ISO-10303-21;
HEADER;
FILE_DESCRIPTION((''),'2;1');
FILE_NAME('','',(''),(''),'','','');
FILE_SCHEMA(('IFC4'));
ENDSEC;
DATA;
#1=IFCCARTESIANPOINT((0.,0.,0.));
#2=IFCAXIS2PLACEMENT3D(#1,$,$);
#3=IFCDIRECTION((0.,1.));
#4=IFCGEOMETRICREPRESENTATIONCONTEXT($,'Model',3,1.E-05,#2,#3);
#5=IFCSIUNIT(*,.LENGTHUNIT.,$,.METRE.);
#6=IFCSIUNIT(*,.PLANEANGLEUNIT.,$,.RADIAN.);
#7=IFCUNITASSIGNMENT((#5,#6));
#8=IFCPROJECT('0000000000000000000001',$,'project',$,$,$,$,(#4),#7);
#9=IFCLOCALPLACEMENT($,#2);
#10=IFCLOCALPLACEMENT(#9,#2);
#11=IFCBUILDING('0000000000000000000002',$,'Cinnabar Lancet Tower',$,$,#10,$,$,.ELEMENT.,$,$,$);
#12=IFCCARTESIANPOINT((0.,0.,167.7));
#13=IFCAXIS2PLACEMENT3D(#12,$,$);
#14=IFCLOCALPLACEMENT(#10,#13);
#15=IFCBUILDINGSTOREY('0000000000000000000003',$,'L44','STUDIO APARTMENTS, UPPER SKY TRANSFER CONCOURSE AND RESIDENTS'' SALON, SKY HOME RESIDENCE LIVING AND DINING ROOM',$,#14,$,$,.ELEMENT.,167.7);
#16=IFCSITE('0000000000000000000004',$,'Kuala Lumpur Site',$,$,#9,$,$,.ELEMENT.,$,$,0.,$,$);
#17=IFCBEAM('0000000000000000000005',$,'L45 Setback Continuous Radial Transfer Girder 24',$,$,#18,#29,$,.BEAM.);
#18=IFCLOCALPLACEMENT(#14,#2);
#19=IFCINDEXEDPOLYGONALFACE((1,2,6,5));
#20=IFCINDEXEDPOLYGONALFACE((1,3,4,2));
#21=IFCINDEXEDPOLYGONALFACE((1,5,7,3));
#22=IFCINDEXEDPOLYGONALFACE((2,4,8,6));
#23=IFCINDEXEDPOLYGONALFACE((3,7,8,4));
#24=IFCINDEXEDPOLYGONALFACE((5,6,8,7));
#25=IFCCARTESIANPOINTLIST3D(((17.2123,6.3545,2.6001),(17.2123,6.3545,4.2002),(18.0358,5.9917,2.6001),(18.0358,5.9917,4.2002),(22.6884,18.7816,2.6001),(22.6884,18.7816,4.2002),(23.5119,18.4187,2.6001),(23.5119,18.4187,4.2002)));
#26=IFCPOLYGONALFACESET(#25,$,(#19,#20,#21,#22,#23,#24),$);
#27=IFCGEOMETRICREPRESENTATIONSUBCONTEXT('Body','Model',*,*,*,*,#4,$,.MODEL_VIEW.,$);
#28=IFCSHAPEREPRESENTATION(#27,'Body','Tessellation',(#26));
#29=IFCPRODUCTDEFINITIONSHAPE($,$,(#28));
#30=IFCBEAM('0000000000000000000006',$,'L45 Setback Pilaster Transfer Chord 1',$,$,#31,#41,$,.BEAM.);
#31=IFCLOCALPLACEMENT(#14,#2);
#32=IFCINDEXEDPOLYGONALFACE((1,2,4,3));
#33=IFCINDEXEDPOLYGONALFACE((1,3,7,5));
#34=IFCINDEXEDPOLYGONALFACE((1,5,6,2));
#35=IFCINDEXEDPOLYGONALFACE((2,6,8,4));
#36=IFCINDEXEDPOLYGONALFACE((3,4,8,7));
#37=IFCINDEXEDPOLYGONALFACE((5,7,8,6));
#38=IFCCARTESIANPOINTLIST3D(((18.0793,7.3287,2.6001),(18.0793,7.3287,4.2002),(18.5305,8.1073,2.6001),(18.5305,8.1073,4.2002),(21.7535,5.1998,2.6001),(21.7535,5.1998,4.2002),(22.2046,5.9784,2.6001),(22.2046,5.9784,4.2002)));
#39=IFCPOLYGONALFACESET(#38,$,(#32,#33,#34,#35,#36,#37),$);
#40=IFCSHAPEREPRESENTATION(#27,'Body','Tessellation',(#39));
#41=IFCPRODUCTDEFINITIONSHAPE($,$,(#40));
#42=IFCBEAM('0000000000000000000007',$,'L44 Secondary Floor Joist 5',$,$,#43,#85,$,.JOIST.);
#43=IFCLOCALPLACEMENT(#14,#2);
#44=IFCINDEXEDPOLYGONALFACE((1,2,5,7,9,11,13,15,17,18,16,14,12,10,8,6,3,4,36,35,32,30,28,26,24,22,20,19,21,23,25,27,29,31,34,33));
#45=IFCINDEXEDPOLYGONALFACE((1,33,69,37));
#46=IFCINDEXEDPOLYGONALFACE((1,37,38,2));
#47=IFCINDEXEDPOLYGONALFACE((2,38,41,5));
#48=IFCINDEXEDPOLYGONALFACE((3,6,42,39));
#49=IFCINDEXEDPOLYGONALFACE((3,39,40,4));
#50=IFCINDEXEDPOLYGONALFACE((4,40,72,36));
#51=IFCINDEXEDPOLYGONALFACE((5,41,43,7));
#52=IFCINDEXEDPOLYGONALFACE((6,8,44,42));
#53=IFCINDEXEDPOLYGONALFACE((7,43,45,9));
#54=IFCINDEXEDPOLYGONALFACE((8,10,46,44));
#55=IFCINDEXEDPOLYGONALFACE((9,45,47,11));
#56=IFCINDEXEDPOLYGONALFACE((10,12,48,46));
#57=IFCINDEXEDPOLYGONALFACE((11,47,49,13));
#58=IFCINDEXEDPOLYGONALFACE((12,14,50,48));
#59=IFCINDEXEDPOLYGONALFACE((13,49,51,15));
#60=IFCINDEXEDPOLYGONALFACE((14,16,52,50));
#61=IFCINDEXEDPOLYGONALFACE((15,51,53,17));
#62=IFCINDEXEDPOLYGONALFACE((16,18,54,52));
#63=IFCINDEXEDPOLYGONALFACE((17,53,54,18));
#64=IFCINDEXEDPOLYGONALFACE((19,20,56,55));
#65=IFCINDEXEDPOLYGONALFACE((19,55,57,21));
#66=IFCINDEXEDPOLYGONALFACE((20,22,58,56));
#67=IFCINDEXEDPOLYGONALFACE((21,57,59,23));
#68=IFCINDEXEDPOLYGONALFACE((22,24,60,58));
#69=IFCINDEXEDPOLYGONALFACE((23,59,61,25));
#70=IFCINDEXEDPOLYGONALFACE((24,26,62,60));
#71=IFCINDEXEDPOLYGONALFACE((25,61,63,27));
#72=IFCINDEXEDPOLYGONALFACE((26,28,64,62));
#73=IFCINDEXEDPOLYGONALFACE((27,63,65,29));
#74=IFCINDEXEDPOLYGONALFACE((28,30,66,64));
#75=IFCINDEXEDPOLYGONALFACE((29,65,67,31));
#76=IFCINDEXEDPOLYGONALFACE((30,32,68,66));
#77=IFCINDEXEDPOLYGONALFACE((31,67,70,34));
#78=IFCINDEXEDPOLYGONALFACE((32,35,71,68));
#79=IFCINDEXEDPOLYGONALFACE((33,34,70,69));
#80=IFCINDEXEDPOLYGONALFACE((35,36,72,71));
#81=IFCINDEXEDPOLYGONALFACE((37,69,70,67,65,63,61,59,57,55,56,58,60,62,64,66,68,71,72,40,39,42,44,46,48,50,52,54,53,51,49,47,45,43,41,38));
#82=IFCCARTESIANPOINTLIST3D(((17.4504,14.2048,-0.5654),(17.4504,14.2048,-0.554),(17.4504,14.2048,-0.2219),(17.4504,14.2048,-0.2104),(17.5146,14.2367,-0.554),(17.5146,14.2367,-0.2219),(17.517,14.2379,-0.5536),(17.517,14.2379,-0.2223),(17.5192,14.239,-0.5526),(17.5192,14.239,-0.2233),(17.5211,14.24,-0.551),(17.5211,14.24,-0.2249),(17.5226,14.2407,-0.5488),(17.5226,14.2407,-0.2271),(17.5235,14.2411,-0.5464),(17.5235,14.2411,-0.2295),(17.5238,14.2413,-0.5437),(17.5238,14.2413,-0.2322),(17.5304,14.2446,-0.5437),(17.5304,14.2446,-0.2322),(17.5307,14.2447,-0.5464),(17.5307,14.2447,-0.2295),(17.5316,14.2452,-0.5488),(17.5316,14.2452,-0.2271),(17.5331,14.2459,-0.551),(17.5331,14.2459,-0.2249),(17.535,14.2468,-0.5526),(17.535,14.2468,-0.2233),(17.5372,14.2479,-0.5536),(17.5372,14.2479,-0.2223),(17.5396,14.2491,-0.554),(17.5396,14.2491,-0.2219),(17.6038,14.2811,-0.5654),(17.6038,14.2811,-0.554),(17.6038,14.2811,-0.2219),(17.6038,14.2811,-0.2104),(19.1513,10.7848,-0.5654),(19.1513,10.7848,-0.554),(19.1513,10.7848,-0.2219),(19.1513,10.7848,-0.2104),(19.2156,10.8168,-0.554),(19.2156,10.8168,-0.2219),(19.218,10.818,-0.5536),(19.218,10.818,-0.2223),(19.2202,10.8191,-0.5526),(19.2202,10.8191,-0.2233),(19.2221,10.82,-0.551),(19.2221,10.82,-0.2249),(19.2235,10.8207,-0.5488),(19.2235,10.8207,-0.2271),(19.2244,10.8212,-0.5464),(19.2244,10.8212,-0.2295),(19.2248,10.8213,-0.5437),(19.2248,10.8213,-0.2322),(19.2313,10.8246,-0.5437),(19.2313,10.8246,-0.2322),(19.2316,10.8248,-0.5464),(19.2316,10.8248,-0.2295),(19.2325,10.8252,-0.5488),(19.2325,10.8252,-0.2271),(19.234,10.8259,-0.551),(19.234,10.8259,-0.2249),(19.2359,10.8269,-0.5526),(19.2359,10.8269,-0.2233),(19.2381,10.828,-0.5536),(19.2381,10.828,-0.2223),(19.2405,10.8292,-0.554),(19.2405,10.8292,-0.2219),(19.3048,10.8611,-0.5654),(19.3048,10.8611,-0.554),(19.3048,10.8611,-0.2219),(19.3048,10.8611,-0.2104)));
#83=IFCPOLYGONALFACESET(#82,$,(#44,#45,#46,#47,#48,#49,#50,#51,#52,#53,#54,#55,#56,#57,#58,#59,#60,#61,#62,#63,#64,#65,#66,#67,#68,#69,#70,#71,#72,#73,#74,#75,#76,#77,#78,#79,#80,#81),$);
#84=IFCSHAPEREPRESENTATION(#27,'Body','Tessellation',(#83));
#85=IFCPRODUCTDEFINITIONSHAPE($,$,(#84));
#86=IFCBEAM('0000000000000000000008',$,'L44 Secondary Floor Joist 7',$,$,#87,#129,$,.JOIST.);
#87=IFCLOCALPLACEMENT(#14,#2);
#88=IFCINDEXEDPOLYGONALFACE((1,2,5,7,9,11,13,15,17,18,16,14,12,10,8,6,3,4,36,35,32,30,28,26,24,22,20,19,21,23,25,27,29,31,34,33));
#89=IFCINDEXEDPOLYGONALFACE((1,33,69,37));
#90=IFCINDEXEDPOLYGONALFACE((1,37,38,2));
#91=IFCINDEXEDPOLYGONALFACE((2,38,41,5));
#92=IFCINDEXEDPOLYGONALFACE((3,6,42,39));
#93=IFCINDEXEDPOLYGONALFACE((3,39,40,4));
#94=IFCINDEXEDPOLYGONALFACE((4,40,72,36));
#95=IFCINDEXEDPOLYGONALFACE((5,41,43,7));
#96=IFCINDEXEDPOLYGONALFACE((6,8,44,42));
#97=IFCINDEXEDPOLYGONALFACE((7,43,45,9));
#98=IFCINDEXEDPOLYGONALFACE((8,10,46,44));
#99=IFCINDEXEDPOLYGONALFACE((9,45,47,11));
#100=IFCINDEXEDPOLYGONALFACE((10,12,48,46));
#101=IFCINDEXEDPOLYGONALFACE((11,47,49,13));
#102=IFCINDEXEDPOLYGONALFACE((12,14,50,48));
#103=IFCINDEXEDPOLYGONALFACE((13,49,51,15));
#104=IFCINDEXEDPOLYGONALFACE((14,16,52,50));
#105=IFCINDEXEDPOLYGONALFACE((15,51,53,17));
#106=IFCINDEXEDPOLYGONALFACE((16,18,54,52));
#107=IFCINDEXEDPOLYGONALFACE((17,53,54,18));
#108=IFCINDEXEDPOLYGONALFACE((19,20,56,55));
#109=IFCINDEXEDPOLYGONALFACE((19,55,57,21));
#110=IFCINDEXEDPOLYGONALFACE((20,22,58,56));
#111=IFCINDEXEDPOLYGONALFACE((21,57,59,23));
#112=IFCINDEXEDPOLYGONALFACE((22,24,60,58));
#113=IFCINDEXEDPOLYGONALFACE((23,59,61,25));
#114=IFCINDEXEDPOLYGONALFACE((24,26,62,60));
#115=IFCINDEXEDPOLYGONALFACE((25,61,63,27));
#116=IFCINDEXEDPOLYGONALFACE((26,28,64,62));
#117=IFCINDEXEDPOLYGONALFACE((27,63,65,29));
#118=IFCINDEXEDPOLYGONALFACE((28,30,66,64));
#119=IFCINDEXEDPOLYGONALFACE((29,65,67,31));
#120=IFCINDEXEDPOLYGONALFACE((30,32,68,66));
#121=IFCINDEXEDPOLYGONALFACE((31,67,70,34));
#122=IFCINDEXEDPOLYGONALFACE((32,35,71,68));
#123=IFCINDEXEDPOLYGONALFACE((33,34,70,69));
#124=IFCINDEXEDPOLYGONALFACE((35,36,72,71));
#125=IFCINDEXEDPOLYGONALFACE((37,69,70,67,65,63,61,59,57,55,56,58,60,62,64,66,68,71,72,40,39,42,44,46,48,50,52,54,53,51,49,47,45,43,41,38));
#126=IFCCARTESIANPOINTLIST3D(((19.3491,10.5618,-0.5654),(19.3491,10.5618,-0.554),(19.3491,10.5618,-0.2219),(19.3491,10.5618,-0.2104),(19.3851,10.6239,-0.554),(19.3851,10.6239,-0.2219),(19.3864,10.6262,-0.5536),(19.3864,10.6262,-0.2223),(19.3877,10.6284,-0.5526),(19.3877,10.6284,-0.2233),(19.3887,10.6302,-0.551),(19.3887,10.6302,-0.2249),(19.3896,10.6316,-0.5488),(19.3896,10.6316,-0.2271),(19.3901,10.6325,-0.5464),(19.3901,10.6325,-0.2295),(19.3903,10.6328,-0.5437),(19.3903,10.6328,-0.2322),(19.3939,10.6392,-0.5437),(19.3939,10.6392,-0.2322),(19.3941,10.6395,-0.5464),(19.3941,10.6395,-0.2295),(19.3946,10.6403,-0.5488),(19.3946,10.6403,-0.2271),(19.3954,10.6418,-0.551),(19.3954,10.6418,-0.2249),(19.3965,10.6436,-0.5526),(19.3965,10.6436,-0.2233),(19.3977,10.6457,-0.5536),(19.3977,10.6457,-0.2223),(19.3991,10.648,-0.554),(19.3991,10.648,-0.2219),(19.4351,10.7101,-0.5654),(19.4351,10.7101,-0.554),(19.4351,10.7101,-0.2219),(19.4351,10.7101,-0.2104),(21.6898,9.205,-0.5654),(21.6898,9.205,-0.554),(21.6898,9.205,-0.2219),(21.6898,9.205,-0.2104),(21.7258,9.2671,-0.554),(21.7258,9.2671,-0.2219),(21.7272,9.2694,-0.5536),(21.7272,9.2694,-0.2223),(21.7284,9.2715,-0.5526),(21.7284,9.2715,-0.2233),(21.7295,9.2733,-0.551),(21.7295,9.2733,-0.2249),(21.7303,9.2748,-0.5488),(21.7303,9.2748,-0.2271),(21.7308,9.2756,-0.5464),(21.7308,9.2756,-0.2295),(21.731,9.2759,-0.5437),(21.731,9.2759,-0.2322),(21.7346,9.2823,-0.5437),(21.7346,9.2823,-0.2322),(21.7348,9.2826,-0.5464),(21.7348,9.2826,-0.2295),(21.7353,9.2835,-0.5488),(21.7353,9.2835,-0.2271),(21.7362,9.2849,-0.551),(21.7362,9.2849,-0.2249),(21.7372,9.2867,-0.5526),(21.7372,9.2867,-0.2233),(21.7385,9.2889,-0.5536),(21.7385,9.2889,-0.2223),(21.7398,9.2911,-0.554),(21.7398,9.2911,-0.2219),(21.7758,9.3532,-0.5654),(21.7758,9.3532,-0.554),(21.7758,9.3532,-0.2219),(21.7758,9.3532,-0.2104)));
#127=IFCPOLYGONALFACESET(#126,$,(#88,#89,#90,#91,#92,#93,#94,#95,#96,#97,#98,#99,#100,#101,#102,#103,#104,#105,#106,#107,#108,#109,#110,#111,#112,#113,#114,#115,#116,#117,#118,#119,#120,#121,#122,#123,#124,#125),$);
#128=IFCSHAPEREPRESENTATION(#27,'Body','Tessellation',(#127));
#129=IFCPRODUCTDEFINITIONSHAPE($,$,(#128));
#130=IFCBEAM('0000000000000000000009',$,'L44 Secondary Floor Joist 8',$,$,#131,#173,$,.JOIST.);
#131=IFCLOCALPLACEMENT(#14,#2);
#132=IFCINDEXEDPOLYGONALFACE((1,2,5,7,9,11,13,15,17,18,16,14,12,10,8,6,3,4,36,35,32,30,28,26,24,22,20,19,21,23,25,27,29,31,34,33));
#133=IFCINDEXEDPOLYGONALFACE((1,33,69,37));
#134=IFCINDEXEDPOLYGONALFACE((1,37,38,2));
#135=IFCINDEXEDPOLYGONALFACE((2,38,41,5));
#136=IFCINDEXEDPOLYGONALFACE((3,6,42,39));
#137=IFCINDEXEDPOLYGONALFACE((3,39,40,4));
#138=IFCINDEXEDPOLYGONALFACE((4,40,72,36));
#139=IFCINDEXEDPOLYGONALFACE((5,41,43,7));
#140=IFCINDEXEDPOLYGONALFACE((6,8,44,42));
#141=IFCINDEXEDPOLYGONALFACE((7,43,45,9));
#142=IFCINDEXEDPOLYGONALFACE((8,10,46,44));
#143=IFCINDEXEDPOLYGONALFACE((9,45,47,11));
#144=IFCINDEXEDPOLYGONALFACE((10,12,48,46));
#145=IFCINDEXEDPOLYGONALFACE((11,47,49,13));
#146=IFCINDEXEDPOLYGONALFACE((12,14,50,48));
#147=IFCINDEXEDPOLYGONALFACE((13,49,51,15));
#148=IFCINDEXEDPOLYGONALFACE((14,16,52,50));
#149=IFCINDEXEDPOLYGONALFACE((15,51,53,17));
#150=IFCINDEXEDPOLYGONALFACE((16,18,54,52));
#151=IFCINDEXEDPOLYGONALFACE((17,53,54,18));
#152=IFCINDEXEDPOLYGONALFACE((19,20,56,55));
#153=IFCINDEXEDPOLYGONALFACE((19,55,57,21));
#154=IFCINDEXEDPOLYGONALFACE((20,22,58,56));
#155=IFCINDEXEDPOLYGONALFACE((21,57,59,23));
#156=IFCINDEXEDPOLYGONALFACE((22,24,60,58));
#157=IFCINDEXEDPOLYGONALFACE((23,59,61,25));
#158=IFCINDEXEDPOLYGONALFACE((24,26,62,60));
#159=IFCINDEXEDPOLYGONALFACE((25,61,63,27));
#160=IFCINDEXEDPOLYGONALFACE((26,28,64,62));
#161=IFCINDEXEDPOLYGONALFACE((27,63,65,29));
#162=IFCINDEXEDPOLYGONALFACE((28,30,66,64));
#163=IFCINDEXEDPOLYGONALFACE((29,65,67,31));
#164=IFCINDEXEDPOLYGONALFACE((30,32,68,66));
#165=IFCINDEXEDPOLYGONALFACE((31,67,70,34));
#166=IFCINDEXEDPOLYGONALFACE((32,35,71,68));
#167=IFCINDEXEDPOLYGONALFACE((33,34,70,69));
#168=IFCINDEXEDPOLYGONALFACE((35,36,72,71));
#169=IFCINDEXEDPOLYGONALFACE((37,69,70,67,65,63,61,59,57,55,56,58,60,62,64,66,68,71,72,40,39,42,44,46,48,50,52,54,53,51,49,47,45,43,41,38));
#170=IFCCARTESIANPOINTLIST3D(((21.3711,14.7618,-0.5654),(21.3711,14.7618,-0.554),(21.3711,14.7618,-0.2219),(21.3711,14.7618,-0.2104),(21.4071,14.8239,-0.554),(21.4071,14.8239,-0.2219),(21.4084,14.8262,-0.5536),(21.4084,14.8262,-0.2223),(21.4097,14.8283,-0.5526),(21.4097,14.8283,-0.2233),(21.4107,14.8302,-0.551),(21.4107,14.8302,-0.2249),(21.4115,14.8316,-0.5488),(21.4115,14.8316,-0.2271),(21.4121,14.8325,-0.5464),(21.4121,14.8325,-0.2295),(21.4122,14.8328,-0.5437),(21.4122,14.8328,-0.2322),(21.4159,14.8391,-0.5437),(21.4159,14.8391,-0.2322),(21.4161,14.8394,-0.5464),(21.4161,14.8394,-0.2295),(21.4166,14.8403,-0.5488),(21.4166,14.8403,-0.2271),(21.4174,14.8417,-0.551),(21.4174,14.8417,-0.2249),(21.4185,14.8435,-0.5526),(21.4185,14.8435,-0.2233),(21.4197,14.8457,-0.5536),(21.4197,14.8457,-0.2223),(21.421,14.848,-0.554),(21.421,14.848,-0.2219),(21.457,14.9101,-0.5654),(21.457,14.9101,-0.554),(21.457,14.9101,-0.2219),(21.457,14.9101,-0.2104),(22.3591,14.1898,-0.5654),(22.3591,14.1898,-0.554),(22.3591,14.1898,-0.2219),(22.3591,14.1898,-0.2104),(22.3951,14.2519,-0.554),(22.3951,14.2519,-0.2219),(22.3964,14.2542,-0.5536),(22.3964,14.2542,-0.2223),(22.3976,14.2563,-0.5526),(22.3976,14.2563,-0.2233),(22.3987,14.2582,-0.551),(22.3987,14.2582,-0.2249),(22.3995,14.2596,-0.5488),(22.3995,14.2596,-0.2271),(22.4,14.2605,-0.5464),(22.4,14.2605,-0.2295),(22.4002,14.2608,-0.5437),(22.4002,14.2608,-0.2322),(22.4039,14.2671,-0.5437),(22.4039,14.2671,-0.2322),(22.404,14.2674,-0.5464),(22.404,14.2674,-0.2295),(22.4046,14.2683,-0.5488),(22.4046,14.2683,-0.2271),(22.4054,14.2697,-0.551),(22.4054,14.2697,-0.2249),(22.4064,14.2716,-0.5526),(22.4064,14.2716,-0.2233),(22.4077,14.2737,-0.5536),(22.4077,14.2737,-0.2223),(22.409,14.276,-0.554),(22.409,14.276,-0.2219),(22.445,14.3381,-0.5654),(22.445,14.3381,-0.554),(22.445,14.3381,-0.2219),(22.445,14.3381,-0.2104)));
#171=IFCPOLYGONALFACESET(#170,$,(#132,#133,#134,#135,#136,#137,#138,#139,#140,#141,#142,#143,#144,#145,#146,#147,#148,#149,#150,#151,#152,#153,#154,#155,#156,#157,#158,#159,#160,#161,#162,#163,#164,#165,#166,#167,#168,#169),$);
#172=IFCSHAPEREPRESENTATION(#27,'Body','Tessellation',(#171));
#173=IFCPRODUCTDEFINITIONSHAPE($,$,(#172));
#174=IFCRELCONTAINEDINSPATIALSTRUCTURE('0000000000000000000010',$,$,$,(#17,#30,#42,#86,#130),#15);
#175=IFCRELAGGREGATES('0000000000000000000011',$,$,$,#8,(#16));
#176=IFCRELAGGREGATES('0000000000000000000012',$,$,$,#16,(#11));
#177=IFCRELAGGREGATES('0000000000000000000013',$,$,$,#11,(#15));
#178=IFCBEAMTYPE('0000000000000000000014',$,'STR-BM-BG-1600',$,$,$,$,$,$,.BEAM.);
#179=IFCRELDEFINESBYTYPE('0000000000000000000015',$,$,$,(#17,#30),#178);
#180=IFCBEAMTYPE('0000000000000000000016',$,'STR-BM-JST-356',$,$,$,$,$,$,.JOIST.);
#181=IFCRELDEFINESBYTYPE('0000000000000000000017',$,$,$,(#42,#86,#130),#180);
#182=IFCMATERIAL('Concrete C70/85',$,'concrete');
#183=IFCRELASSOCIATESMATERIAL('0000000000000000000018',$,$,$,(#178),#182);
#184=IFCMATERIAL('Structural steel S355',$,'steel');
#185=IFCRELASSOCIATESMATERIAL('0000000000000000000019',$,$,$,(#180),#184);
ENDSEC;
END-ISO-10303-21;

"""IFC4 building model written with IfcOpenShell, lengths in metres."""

from ifc_helpers import new_model, si_unit, direction, frame, origin, origin_2d, place, context, subcontext, project, spatial, rectangle, i_section, extrude, material, material_profile, profile_set, type_object, element, save


model = new_model("IFC4")

# Units and contexts
model_context = context("Model", 3, precision=1e-05, world=origin(), true_north=direction((0.0, 1.0)))
body_context = subcontext(model_context, "Body", "Model", "MODEL_VIEW")
ifc_project = project(units=[si_unit("LENGTHUNIT", "METRE"), si_unit("PLANEANGLEUNIT", "RADIAN")], contexts=[model_context])

# Site, building, storey
site_placement = place(None, origin())
site = spatial("IfcSite", under=ifc_project, at=site_placement, Name="Kuala Lumpur Site", CompositionType="ELEMENT", RefElevation=0.0)
building_placement = place(site_placement, origin())
building = spatial("IfcBuilding", under=site, at=building_placement, Name="Cinnabar Lancet Tower", CompositionType="ELEMENT")
storey_placement = place(building_placement, frame((0.0, 0.0, 167.7)))
storey = spatial("IfcBuildingStorey", under=building, at=storey_placement, Name="L44", Description="STUDIO APARTMENTS, UPPER SKY TRANSFER CONCOURSE AND RESIDENTS' SALON, SKY HOME RESIDENCE LIVING AND DINING ROOM", CompositionType="ELEMENT", Elevation=167.7)

# Beams
ifc_material_1 = material(Name="Concrete C70/85", Category="concrete")
ifc_material_profile_1 = material_profile(ifc_material_1, rectangle(XDim=0.8999, YDim=1.6001, at=origin_2d()), Name="RC-BG 900x1600")
ifc_profile_set_1 = profile_set([ifc_material_profile_1], Name="Concrete C70/85")
beam_type_1 = type_object("IfcBeamType", Name="STR-BM-BG-1600", PredefinedType="BEAM", material=ifc_profile_set_1)
beam_1_placement = place(storey_placement, frame((17.624, 6.1731, 3.4001), z_axis=(0.403244, 0.915092, 0.0), x_axis=(-0.915092, 0.403244, 0.0)))
element("IfcBeam", 1, at=beam_1_placement, inside=storey, type_object=beam_type_1, Name="L45 Setback Continuous Radial Transfer Girder 24", PredefinedType="BEAM", context=body_context, shape_type="SweptSolid", body=[
    extrude(rectangle(XDim=0.8999, YDim=1.6001, at=origin_2d()), origin(), (0.0, 0.0, 1.0), 13.5801),
])
beam_2_placement = place(storey_placement, frame((18.3049, 7.718, 3.4001), z_axis=(0.865241, -0.501356, 0.0), x_axis=(0.501356, 0.865241, 0.0)))
element("IfcBeam", 2, at=beam_2_placement, inside=storey, type_object=beam_type_1, Name="L45 Setback Pilaster Transfer Chord 1", PredefinedType="BEAM", context=body_context, shape_type="SweptSolid", body=[
    extrude(rectangle(XDim=0.8999, YDim=1.6001, at=origin_2d()), origin(), (0.0, 0.0, 1.0), 4.2463),
])
ifc_material_2 = material(Name="Structural steel S355", Category="steel")
ifc_material_profile_2 = material_profile(ifc_material_2, i_section(OverallWidth=0.1714, OverallDepth=0.355, WebThickness=0.0073, FlangeThickness=0.0115, FilletRadius=0.0103, at=origin_2d()), Name="UKB 356x171x51")
ifc_profile_set_2 = profile_set([ifc_material_profile_2], Name="Structural steel S355")
beam_type_2 = type_object("IfcBeamType", Name="STR-BM-JST-356", PredefinedType="JOIST", material=ifc_profile_set_2)
beam_3_placement = place(storey_placement, frame((17.5271, 14.2429, -0.3879), z_axis=(0.445321, -0.895371, 0.0), x_axis=(0.895371, 0.445321, 0.0)))
element("IfcBeam", 3, at=beam_3_placement, inside=storey, type_object=beam_type_2, Name="L44 Secondary Floor Joist 5", PredefinedType="JOIST", context=body_context, shape_type="SweptSolid", body=[
    extrude(i_section(OverallWidth=0.1714, OverallDepth=0.355, WebThickness=0.0073, FlangeThickness=0.0115, FilletRadius=0.0103, at=origin_2d()), origin(), (0.0, 0.0, 1.0), 3.8196),
])
beam_4_placement = place(storey_placement, frame((19.3921, 10.636, -0.3879), z_axis=(0.86515, -0.501513, 0.0), x_axis=(0.501513, 0.86515, 0.0)))
element("IfcBeam", 4, at=beam_4_placement, inside=storey, type_object=beam_type_2, Name="L44 Secondary Floor Joist 7", PredefinedType="JOIST", context=body_context, shape_type="SweptSolid", body=[
    extrude(i_section(OverallWidth=0.1714, OverallDepth=0.355, WebThickness=0.0073, FlangeThickness=0.0115, FilletRadius=0.0103, at=origin_2d()), origin(), (0.0, 0.0, 1.0), 2.7056),
])
beam_5_placement = place(storey_placement, frame((21.4141, 14.8359, -0.3879), z_axis=(0.865426, -0.501036, 0.0), x_axis=(0.501036, 0.865426, 0.0)))
element("IfcBeam", 5, at=beam_5_placement, inside=storey, type_object=beam_type_2, Name="L44 Secondary Floor Joist 8", PredefinedType="JOIST", context=body_context, shape_type="SweptSolid", body=[
    extrude(i_section(OverallWidth=0.1714, OverallDepth=0.355, WebThickness=0.0073, FlangeThickness=0.0115, FilletRadius=0.0103, at=origin_2d()), origin(), (0.0, 0.0, 1.0), 1.1416),
])

save(model, "model.ifc")
